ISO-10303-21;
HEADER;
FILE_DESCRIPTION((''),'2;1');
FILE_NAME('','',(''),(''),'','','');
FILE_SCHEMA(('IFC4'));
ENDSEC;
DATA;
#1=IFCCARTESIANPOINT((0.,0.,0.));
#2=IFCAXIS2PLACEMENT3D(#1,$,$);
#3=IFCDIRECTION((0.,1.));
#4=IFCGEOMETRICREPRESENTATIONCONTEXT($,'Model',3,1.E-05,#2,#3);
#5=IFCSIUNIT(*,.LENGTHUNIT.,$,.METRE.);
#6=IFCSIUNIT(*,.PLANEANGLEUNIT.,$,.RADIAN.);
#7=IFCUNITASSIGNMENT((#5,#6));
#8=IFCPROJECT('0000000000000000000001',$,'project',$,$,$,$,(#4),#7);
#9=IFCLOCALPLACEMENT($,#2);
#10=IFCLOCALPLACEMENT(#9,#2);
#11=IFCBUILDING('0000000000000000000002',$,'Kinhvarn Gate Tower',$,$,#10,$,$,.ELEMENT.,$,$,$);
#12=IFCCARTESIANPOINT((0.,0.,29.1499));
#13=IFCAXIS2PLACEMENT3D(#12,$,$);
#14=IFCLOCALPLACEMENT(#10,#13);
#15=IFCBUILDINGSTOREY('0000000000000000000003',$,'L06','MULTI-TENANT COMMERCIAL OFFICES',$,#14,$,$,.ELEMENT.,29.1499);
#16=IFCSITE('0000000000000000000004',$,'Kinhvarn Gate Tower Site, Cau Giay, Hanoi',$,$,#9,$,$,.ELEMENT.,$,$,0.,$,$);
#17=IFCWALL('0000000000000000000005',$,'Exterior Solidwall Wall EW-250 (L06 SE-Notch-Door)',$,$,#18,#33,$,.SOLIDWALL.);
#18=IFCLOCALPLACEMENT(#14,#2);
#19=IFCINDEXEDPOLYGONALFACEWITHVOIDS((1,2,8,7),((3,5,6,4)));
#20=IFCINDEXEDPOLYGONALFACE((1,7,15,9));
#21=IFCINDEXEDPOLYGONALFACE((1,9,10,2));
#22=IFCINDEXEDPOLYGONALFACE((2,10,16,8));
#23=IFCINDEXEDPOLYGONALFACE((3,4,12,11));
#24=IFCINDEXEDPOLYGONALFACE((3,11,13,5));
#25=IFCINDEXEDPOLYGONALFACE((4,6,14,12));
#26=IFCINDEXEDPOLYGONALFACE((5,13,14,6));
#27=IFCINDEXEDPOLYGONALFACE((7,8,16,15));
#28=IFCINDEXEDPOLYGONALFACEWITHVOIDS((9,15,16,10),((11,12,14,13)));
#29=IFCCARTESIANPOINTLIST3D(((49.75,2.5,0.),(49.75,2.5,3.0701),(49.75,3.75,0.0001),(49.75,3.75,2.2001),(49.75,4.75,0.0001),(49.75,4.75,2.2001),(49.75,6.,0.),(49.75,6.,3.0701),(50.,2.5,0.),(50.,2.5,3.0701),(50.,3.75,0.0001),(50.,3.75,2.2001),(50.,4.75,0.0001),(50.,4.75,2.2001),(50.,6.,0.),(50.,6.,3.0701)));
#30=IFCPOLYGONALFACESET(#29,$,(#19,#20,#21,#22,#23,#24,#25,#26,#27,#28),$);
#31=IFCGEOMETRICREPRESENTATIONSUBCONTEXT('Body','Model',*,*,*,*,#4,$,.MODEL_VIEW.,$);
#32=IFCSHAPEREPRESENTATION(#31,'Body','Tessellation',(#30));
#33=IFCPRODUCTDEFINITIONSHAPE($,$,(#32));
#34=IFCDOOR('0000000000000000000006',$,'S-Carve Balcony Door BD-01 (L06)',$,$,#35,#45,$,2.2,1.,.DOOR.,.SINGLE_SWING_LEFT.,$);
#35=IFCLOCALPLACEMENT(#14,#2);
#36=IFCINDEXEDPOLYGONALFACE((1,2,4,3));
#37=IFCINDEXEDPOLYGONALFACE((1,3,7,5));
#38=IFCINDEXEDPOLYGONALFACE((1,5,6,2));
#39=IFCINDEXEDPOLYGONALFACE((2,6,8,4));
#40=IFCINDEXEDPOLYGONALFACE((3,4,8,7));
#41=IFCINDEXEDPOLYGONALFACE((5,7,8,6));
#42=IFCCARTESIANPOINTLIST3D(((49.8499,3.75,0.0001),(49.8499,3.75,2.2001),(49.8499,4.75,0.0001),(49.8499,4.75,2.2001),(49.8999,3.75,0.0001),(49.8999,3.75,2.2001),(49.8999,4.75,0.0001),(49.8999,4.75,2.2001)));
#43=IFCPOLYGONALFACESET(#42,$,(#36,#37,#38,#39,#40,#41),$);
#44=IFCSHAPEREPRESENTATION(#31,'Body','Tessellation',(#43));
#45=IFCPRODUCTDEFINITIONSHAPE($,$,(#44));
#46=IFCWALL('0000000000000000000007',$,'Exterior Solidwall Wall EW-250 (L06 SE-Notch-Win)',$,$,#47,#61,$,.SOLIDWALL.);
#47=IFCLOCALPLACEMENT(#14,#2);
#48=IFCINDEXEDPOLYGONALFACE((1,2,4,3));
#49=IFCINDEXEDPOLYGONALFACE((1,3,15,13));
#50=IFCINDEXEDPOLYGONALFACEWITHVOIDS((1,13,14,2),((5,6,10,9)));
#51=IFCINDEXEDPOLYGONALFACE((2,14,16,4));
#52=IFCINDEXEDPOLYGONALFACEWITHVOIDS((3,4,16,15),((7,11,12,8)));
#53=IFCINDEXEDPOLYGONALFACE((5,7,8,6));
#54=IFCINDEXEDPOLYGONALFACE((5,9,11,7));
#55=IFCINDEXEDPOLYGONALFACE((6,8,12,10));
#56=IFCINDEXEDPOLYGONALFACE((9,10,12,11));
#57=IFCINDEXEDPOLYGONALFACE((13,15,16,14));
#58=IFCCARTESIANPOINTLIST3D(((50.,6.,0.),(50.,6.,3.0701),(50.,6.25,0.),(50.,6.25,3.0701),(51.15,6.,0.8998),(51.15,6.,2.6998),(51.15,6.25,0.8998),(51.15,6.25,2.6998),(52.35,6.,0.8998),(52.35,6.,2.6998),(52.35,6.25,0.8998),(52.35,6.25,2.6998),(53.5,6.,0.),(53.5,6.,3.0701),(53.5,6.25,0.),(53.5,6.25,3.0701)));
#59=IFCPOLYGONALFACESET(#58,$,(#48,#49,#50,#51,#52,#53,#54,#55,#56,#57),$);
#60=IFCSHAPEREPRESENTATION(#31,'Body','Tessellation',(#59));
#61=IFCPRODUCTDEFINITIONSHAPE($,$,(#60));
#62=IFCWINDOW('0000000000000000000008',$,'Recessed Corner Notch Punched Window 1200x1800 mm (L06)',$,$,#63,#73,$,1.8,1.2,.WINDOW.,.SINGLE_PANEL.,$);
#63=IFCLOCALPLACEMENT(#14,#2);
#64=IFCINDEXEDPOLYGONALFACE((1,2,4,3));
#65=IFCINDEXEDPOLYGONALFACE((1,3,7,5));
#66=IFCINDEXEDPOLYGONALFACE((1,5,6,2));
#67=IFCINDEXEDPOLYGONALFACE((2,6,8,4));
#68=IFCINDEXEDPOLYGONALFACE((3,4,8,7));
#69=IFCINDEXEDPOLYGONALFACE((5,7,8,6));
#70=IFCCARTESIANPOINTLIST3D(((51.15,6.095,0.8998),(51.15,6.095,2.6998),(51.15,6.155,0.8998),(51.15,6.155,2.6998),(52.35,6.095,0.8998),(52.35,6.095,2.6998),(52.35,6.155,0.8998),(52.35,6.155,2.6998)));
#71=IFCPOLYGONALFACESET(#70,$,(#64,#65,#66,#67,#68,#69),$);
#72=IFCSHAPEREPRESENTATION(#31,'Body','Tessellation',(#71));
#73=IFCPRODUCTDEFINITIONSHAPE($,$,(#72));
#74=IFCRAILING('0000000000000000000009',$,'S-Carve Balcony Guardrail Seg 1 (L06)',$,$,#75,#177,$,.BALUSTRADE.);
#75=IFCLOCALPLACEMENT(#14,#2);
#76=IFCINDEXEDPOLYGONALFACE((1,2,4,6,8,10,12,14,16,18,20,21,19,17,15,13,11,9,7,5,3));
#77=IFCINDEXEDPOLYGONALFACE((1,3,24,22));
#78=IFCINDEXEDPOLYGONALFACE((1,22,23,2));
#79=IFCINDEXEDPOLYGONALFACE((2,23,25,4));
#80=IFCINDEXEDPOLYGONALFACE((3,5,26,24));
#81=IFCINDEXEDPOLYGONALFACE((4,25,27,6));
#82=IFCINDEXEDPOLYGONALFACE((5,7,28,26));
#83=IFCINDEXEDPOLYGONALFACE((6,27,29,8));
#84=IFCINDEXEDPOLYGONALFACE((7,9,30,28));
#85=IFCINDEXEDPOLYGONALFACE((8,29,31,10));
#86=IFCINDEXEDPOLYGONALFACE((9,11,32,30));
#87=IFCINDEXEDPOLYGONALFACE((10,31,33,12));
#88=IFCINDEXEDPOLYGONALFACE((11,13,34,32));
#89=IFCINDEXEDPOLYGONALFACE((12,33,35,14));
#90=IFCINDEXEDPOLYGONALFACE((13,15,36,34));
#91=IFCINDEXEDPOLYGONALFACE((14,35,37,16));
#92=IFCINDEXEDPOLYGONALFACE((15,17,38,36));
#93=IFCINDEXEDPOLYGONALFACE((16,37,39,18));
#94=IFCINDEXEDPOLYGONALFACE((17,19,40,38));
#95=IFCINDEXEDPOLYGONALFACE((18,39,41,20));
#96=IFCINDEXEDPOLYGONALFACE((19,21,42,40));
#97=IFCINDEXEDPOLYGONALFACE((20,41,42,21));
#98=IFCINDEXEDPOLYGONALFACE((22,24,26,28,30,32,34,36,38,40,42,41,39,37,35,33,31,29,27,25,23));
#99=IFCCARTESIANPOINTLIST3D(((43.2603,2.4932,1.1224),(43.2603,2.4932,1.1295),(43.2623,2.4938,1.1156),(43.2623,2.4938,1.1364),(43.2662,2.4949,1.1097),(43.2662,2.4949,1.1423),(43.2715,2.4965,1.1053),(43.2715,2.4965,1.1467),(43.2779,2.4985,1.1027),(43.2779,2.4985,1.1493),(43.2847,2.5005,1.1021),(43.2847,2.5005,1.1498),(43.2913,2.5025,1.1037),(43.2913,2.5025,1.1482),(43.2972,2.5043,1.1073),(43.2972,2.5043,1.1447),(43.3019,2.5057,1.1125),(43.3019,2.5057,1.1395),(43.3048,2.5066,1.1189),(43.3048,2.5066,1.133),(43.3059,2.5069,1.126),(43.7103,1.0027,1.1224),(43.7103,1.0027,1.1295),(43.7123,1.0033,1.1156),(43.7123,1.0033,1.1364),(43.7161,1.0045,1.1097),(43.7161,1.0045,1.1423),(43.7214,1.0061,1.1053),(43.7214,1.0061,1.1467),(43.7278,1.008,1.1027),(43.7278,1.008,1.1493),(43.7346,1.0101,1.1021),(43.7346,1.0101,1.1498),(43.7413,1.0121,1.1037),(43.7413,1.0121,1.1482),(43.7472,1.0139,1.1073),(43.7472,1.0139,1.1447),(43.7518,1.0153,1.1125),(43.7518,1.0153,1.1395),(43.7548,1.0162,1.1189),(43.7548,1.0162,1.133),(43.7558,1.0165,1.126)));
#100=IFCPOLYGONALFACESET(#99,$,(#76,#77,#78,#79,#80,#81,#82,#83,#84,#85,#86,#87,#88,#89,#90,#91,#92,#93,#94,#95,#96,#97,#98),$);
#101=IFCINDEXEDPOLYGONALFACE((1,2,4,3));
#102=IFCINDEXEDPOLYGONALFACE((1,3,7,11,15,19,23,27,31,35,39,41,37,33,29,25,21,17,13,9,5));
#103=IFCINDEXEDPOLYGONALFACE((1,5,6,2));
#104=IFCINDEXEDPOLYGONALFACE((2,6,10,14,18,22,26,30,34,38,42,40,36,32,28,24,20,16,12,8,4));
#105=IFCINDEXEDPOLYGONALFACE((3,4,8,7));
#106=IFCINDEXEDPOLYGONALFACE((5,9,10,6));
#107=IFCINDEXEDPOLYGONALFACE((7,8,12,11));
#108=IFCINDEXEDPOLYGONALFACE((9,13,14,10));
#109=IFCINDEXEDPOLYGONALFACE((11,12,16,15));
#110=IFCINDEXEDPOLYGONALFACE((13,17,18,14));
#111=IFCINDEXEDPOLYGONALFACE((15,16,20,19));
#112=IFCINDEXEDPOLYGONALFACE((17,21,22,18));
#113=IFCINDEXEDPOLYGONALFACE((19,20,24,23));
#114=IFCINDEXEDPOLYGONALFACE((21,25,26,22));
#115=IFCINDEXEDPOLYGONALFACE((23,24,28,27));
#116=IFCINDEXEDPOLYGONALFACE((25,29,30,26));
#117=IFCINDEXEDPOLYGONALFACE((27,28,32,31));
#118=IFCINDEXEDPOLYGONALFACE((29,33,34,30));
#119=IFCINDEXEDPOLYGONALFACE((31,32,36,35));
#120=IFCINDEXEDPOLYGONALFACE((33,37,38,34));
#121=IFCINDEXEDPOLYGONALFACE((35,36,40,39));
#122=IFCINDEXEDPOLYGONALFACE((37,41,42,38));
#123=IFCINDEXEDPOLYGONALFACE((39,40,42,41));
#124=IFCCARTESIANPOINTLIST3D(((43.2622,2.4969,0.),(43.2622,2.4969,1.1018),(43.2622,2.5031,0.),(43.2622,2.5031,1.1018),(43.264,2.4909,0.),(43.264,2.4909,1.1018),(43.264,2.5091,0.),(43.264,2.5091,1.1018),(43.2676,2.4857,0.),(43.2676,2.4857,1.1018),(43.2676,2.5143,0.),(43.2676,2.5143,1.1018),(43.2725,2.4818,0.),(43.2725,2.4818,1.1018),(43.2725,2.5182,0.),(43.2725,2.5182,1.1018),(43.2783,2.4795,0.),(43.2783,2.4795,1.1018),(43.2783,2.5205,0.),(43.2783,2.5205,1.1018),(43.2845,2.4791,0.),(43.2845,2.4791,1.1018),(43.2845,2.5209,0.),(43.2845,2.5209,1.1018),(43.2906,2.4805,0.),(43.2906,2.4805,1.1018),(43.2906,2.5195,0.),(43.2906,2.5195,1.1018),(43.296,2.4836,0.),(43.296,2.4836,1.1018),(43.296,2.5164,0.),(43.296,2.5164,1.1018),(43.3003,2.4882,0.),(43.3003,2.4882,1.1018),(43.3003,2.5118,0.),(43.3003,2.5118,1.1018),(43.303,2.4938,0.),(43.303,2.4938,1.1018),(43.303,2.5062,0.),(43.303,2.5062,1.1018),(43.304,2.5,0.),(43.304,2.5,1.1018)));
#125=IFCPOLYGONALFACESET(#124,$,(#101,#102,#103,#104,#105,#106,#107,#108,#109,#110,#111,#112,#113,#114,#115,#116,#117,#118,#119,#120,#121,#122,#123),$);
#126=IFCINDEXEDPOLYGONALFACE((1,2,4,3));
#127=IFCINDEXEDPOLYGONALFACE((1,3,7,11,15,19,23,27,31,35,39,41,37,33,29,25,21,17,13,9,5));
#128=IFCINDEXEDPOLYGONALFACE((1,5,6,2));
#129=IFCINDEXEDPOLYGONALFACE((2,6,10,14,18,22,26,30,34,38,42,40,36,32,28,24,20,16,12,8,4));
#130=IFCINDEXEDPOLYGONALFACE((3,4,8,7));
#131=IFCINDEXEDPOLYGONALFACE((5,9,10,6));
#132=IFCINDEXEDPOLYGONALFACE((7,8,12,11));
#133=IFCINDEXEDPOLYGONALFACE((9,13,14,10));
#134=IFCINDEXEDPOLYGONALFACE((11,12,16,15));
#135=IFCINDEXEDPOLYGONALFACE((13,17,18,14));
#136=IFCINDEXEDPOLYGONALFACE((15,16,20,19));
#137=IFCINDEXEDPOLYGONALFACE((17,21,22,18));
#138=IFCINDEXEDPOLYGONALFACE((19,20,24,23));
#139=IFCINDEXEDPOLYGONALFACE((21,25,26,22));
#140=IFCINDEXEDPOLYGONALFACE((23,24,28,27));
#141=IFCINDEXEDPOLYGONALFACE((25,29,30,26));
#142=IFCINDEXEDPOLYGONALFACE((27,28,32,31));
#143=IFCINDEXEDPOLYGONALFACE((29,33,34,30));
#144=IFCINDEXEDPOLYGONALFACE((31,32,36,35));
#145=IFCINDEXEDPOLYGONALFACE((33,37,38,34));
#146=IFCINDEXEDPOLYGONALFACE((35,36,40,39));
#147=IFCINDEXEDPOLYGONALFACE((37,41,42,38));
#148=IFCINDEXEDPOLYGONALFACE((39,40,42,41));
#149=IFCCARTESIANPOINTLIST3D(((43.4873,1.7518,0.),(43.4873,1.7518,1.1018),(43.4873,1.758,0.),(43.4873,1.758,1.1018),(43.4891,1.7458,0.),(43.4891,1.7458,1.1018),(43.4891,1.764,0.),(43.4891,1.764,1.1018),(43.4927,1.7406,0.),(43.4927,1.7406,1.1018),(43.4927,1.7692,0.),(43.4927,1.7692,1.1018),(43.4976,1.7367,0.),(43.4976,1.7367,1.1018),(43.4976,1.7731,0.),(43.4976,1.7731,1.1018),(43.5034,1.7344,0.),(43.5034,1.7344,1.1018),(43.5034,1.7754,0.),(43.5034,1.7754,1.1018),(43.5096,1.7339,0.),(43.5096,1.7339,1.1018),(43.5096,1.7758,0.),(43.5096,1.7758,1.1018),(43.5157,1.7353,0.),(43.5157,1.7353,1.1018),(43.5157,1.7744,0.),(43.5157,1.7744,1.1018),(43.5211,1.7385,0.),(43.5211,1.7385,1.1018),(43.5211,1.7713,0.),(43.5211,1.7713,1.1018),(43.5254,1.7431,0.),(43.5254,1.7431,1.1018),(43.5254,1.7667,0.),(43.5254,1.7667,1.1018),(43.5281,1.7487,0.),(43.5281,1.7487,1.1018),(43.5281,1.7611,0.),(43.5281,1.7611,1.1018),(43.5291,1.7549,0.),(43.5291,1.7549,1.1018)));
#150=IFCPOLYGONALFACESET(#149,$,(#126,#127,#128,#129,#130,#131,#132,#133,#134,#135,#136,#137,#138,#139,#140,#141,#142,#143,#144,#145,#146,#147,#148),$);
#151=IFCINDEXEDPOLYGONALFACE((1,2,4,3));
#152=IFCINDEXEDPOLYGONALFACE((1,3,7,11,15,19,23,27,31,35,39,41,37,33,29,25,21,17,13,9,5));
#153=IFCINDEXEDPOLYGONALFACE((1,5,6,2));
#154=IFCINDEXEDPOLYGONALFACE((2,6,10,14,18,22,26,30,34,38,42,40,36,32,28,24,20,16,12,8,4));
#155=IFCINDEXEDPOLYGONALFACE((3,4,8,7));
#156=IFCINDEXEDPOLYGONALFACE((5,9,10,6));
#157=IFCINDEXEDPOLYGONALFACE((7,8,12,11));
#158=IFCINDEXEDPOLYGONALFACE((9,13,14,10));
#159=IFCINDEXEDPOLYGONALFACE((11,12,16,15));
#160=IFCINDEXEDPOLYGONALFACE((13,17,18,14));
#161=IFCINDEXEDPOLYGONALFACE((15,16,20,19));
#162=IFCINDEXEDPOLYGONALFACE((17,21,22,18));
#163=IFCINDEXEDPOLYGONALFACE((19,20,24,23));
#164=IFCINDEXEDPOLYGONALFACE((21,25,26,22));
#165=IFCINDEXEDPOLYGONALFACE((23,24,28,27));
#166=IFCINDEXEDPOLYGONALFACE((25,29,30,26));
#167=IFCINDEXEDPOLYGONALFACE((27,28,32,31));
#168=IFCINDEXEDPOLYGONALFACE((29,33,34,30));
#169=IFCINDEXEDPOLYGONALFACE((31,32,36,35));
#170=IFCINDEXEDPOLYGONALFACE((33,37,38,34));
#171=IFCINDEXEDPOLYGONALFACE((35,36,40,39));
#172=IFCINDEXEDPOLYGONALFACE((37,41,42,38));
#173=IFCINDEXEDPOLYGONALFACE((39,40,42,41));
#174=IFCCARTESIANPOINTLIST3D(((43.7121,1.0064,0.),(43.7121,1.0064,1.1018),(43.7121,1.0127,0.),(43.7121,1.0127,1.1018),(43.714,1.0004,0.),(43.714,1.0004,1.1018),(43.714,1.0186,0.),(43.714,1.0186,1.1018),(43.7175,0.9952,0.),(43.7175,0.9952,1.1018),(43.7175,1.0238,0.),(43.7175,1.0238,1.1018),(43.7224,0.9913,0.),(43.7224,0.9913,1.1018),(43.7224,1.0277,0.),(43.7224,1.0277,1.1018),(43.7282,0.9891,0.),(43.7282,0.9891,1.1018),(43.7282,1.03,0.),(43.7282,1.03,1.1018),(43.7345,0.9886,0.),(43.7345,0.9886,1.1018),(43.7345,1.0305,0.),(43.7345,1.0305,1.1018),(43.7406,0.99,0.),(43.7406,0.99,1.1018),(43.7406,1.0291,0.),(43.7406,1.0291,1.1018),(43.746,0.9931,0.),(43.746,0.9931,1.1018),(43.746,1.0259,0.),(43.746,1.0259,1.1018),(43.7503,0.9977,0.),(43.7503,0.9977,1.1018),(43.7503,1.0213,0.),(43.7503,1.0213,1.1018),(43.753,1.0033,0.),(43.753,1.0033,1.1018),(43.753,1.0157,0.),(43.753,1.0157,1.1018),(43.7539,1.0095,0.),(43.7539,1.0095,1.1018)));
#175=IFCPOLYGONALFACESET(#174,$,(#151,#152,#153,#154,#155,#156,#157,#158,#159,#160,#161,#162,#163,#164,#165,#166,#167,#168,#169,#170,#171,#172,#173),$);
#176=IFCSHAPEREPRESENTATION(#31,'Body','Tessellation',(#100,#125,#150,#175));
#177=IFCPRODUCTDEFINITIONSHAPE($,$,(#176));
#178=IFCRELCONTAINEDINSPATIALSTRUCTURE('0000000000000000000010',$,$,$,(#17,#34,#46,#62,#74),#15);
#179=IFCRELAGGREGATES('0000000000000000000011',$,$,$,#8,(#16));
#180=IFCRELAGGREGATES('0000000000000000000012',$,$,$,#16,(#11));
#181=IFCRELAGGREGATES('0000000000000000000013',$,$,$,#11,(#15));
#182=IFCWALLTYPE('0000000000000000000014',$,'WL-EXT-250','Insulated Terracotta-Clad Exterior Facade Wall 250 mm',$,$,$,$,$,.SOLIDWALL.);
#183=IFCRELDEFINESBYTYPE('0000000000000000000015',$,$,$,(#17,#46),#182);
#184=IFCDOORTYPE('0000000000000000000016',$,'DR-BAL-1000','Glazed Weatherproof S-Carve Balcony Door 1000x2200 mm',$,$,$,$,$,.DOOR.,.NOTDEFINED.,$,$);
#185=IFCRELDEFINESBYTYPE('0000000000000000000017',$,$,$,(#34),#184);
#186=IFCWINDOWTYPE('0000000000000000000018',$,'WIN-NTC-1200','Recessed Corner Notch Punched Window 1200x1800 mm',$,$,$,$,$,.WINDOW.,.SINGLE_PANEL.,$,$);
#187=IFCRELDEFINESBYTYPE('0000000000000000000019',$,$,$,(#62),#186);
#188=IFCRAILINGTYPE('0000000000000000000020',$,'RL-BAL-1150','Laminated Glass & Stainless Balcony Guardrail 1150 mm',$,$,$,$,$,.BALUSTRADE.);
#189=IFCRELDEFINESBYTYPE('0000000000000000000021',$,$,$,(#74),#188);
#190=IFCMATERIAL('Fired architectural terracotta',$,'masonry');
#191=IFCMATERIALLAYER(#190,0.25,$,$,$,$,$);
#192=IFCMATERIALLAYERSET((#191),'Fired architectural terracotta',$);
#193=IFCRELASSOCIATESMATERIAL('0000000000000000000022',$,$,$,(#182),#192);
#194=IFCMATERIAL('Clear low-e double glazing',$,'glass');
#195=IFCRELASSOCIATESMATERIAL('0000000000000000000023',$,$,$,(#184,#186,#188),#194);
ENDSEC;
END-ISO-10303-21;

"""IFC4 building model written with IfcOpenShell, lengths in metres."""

from ifc_helpers import new_model, si_unit, direction, frame, frame_2d, origin, origin_2d, place, context, subcontext, project, spatial, rectangle, circle, extrude, material, layer, layer_set, type_object, element, fill, save


model = new_model("IFC4")

# Units and contexts
model_context = context("Model", 3, precision=1e-05, world=origin(), true_north=direction((0.0, 1.0)))
body_context = subcontext(model_context, "Body", "Model", "MODEL_VIEW")
ifc_project = project(units=[si_unit("LENGTHUNIT", "METRE"), si_unit("PLANEANGLEUNIT", "RADIAN")], contexts=[model_context])

# Site, building, storey
site_placement = place(None, origin())
site = spatial("IfcSite", under=ifc_project, at=site_placement, Name="Kinhvarn Gate Tower Site, Cau Giay, Hanoi", CompositionType="ELEMENT", RefElevation=0.0)
building_placement = place(site_placement, origin())
building = spatial("IfcBuilding", under=site, at=building_placement, Name="Kinhvarn Gate Tower", CompositionType="ELEMENT")
storey_placement = place(building_placement, frame((0.0, 0.0, 29.1499)))
storey = spatial("IfcBuildingStorey", under=building, at=storey_placement, Name="L06", Description="MULTI-TENANT COMMERCIAL OFFICES", CompositionType="ELEMENT", Elevation=29.1499)

# Shared definitions
ifc_material_1 = material(Name="Clear low-e double glazing", Category="glass")

# Wall, opening, door
ifc_material_2 = material(Name="Fired architectural terracotta", Category="masonry")
ifc_layer_1 = layer(ifc_material_2, 0.25)
ifc_layer_set_1 = layer_set([ifc_layer_1], Name="Fired architectural terracotta")
wall_type = type_object("IfcWallType", Name="WL-EXT-250", Description="Insulated Terracotta-Clad Exterior Facade Wall 250 mm", PredefinedType="SOLIDWALL", material=ifc_layer_set_1)
wall_1_placement = place(storey_placement, frame((49.875, 2.5, 0.0), z_axis=(0.0, 0.0, 1.0), x_axis=(0.0, 1.0, 0.0)))
wall_1 = element("IfcWall", 1, at=wall_1_placement, inside=storey, type_object=wall_type, Name="Exterior Solidwall Wall EW-250 (L06 SE-Notch-Door)", PredefinedType="SOLIDWALL", context=body_context, shape_type="SweptSolid", body=[
    extrude(rectangle(XDim=3.5, YDim=0.25, at=frame_2d((1.75, 0.0))), origin(), (0.0, 0.0, 1.0), 3.0701),
])
opening_1_placement = place(wall_1_placement, frame((1.25, 0.0, 0.0)))
opening_1 = element("IfcOpeningElement", 2, at=opening_1_placement, cuts=wall_1, PredefinedType="OPENING", context=body_context, shape_type="SweptSolid", body=[
    extrude(rectangle(XDim=1.0, YDim=2.2, at=frame_2d((0.5, 1.1001))), frame((0.0, 0.135, 0.0), z_axis=(0.0, -1.0, 0.0), x_axis=(1.0, 0.0, 0.0)), (0.0, 0.0, 1.0), 0.27),
])
door_type = type_object("IfcDoorType", Name="DR-BAL-1000", Description="Glazed Weatherproof S-Carve Balcony Door 1000x2200 mm", OperationType="NOTDEFINED", PredefinedType="DOOR", material=ifc_material_1)
door_placement = place(opening_1_placement, frame((1.0, 0.0, 0.0), z_axis=(0.0, 0.0, 1.0), x_axis=(-1.0, 0.0, 0.0)))
door = element("IfcDoor", 3, at=door_placement, inside=storey, type_object=door_type, Name="S-Carve Balcony Door BD-01 (L06)", OperationType="SINGLE_SWING_LEFT", OverallHeight=2.2, OverallWidth=1.0, PredefinedType="DOOR", context=body_context, shape_type="SweptSolid", body=[
    extrude(rectangle(XDim=1.0, YDim=2.2, at=frame_2d((0.5, 1.1001))), frame((0.0, 0.0249, 0.0), z_axis=(0.0, -1.0, 0.0), x_axis=(1.0, 0.0, 0.0)), (0.0, 0.0, 1.0), 0.05),
])
fill(opening_1, door)

# Wall, opening, window
wall_2_placement = place(storey_placement, frame((50.0, 6.125, 0.0), z_axis=(0.0, 0.0, 1.0), x_axis=(1.0, 0.0, 0.0)))
wall_2 = element("IfcWall", 4, at=wall_2_placement, inside=storey, type_object=wall_type, Name="Exterior Solidwall Wall EW-250 (L06 SE-Notch-Win)", PredefinedType="SOLIDWALL", context=body_context, shape_type="SweptSolid", body=[
    extrude(rectangle(XDim=3.5, YDim=0.25, at=frame_2d((1.75, 0.0))), origin(), (0.0, 0.0, 1.0), 3.0701),
])
opening_2_placement = place(wall_2_placement, frame((1.1499, 0.0, 0.8999)))
opening_2 = element("IfcOpeningElement", 5, at=opening_2_placement, cuts=wall_2, PredefinedType="OPENING", context=body_context, shape_type="SweptSolid", body=[
    extrude(rectangle(XDim=1.2, YDim=1.8, at=frame_2d((0.6001, 0.8999))), frame((0.0, 0.135, 0.0), z_axis=(0.0, -1.0, 0.0), x_axis=(1.0, 0.0, 0.0)), (0.0, 0.0, 1.0), 0.27),
])
window_type = type_object("IfcWindowType", Name="WIN-NTC-1200", Description="Recessed Corner Notch Punched Window 1200x1800 mm", PartitioningType="SINGLE_PANEL", PredefinedType="WINDOW", material=ifc_material_1)
window_placement = place(opening_2_placement, origin())
window = element("IfcWindow", 6, at=window_placement, inside=storey, type_object=window_type, Name="Recessed Corner Notch Punched Window 1200x1800 mm (L06)", OverallHeight=1.8, OverallWidth=1.2, PartitioningType="SINGLE_PANEL", PredefinedType="WINDOW", context=body_context, shape_type="SweptSolid", body=[
    extrude(rectangle(XDim=1.2, YDim=1.8, at=frame_2d((0.6001, 0.8999))), frame((0.0, 0.03, 0.0), z_axis=(0.0, -1.0, 0.0), x_axis=(1.0, 0.0, 0.0)), (0.0, 0.0, 1.0), 0.0601),
])
fill(opening_2, window)

# Railing
railing_type = type_object("IfcRailingType", Name="RL-BAL-1150", Description="Laminated Glass & Stainless Balcony Guardrail 1150 mm", PredefinedType="BALUSTRADE", material=ifc_material_1)
railing_1_placement = place(storey_placement, frame((43.283, 2.5, 0.0)))
element("IfcRailing", 7, at=railing_1_placement, inside=storey, type_object=railing_type, Name="S-Carve Balcony Guardrail Seg 1 (L06)", PredefinedType="BALUSTRADE", context=body_context, shape_type="SweptSolid", body=[
    extrude(circle(Radius=0.0239, at=origin_2d()), frame((0.0, 0.0, 1.126), z_axis=(0.289002, -0.957329, 0.0), x_axis=(0.957329, 0.289002, 0.0)), (0.0, 0.0, 1.0), 1.5569),
    extrude(circle(Radius=0.021, at=origin_2d()), origin(), (0.0, 0.0, 1.0), 1.1018),
    extrude(circle(Radius=0.021, at=origin_2d()), frame((0.2251, -0.7451, 0.0)), (0.0, 0.0, 1.0), 1.1018),
    extrude(circle(Radius=0.021, at=origin_2d()), frame((0.45, -1.4905, 0.0)), (0.0, 0.0, 1.0), 1.1018),
])

save(model, "model.ifc")
